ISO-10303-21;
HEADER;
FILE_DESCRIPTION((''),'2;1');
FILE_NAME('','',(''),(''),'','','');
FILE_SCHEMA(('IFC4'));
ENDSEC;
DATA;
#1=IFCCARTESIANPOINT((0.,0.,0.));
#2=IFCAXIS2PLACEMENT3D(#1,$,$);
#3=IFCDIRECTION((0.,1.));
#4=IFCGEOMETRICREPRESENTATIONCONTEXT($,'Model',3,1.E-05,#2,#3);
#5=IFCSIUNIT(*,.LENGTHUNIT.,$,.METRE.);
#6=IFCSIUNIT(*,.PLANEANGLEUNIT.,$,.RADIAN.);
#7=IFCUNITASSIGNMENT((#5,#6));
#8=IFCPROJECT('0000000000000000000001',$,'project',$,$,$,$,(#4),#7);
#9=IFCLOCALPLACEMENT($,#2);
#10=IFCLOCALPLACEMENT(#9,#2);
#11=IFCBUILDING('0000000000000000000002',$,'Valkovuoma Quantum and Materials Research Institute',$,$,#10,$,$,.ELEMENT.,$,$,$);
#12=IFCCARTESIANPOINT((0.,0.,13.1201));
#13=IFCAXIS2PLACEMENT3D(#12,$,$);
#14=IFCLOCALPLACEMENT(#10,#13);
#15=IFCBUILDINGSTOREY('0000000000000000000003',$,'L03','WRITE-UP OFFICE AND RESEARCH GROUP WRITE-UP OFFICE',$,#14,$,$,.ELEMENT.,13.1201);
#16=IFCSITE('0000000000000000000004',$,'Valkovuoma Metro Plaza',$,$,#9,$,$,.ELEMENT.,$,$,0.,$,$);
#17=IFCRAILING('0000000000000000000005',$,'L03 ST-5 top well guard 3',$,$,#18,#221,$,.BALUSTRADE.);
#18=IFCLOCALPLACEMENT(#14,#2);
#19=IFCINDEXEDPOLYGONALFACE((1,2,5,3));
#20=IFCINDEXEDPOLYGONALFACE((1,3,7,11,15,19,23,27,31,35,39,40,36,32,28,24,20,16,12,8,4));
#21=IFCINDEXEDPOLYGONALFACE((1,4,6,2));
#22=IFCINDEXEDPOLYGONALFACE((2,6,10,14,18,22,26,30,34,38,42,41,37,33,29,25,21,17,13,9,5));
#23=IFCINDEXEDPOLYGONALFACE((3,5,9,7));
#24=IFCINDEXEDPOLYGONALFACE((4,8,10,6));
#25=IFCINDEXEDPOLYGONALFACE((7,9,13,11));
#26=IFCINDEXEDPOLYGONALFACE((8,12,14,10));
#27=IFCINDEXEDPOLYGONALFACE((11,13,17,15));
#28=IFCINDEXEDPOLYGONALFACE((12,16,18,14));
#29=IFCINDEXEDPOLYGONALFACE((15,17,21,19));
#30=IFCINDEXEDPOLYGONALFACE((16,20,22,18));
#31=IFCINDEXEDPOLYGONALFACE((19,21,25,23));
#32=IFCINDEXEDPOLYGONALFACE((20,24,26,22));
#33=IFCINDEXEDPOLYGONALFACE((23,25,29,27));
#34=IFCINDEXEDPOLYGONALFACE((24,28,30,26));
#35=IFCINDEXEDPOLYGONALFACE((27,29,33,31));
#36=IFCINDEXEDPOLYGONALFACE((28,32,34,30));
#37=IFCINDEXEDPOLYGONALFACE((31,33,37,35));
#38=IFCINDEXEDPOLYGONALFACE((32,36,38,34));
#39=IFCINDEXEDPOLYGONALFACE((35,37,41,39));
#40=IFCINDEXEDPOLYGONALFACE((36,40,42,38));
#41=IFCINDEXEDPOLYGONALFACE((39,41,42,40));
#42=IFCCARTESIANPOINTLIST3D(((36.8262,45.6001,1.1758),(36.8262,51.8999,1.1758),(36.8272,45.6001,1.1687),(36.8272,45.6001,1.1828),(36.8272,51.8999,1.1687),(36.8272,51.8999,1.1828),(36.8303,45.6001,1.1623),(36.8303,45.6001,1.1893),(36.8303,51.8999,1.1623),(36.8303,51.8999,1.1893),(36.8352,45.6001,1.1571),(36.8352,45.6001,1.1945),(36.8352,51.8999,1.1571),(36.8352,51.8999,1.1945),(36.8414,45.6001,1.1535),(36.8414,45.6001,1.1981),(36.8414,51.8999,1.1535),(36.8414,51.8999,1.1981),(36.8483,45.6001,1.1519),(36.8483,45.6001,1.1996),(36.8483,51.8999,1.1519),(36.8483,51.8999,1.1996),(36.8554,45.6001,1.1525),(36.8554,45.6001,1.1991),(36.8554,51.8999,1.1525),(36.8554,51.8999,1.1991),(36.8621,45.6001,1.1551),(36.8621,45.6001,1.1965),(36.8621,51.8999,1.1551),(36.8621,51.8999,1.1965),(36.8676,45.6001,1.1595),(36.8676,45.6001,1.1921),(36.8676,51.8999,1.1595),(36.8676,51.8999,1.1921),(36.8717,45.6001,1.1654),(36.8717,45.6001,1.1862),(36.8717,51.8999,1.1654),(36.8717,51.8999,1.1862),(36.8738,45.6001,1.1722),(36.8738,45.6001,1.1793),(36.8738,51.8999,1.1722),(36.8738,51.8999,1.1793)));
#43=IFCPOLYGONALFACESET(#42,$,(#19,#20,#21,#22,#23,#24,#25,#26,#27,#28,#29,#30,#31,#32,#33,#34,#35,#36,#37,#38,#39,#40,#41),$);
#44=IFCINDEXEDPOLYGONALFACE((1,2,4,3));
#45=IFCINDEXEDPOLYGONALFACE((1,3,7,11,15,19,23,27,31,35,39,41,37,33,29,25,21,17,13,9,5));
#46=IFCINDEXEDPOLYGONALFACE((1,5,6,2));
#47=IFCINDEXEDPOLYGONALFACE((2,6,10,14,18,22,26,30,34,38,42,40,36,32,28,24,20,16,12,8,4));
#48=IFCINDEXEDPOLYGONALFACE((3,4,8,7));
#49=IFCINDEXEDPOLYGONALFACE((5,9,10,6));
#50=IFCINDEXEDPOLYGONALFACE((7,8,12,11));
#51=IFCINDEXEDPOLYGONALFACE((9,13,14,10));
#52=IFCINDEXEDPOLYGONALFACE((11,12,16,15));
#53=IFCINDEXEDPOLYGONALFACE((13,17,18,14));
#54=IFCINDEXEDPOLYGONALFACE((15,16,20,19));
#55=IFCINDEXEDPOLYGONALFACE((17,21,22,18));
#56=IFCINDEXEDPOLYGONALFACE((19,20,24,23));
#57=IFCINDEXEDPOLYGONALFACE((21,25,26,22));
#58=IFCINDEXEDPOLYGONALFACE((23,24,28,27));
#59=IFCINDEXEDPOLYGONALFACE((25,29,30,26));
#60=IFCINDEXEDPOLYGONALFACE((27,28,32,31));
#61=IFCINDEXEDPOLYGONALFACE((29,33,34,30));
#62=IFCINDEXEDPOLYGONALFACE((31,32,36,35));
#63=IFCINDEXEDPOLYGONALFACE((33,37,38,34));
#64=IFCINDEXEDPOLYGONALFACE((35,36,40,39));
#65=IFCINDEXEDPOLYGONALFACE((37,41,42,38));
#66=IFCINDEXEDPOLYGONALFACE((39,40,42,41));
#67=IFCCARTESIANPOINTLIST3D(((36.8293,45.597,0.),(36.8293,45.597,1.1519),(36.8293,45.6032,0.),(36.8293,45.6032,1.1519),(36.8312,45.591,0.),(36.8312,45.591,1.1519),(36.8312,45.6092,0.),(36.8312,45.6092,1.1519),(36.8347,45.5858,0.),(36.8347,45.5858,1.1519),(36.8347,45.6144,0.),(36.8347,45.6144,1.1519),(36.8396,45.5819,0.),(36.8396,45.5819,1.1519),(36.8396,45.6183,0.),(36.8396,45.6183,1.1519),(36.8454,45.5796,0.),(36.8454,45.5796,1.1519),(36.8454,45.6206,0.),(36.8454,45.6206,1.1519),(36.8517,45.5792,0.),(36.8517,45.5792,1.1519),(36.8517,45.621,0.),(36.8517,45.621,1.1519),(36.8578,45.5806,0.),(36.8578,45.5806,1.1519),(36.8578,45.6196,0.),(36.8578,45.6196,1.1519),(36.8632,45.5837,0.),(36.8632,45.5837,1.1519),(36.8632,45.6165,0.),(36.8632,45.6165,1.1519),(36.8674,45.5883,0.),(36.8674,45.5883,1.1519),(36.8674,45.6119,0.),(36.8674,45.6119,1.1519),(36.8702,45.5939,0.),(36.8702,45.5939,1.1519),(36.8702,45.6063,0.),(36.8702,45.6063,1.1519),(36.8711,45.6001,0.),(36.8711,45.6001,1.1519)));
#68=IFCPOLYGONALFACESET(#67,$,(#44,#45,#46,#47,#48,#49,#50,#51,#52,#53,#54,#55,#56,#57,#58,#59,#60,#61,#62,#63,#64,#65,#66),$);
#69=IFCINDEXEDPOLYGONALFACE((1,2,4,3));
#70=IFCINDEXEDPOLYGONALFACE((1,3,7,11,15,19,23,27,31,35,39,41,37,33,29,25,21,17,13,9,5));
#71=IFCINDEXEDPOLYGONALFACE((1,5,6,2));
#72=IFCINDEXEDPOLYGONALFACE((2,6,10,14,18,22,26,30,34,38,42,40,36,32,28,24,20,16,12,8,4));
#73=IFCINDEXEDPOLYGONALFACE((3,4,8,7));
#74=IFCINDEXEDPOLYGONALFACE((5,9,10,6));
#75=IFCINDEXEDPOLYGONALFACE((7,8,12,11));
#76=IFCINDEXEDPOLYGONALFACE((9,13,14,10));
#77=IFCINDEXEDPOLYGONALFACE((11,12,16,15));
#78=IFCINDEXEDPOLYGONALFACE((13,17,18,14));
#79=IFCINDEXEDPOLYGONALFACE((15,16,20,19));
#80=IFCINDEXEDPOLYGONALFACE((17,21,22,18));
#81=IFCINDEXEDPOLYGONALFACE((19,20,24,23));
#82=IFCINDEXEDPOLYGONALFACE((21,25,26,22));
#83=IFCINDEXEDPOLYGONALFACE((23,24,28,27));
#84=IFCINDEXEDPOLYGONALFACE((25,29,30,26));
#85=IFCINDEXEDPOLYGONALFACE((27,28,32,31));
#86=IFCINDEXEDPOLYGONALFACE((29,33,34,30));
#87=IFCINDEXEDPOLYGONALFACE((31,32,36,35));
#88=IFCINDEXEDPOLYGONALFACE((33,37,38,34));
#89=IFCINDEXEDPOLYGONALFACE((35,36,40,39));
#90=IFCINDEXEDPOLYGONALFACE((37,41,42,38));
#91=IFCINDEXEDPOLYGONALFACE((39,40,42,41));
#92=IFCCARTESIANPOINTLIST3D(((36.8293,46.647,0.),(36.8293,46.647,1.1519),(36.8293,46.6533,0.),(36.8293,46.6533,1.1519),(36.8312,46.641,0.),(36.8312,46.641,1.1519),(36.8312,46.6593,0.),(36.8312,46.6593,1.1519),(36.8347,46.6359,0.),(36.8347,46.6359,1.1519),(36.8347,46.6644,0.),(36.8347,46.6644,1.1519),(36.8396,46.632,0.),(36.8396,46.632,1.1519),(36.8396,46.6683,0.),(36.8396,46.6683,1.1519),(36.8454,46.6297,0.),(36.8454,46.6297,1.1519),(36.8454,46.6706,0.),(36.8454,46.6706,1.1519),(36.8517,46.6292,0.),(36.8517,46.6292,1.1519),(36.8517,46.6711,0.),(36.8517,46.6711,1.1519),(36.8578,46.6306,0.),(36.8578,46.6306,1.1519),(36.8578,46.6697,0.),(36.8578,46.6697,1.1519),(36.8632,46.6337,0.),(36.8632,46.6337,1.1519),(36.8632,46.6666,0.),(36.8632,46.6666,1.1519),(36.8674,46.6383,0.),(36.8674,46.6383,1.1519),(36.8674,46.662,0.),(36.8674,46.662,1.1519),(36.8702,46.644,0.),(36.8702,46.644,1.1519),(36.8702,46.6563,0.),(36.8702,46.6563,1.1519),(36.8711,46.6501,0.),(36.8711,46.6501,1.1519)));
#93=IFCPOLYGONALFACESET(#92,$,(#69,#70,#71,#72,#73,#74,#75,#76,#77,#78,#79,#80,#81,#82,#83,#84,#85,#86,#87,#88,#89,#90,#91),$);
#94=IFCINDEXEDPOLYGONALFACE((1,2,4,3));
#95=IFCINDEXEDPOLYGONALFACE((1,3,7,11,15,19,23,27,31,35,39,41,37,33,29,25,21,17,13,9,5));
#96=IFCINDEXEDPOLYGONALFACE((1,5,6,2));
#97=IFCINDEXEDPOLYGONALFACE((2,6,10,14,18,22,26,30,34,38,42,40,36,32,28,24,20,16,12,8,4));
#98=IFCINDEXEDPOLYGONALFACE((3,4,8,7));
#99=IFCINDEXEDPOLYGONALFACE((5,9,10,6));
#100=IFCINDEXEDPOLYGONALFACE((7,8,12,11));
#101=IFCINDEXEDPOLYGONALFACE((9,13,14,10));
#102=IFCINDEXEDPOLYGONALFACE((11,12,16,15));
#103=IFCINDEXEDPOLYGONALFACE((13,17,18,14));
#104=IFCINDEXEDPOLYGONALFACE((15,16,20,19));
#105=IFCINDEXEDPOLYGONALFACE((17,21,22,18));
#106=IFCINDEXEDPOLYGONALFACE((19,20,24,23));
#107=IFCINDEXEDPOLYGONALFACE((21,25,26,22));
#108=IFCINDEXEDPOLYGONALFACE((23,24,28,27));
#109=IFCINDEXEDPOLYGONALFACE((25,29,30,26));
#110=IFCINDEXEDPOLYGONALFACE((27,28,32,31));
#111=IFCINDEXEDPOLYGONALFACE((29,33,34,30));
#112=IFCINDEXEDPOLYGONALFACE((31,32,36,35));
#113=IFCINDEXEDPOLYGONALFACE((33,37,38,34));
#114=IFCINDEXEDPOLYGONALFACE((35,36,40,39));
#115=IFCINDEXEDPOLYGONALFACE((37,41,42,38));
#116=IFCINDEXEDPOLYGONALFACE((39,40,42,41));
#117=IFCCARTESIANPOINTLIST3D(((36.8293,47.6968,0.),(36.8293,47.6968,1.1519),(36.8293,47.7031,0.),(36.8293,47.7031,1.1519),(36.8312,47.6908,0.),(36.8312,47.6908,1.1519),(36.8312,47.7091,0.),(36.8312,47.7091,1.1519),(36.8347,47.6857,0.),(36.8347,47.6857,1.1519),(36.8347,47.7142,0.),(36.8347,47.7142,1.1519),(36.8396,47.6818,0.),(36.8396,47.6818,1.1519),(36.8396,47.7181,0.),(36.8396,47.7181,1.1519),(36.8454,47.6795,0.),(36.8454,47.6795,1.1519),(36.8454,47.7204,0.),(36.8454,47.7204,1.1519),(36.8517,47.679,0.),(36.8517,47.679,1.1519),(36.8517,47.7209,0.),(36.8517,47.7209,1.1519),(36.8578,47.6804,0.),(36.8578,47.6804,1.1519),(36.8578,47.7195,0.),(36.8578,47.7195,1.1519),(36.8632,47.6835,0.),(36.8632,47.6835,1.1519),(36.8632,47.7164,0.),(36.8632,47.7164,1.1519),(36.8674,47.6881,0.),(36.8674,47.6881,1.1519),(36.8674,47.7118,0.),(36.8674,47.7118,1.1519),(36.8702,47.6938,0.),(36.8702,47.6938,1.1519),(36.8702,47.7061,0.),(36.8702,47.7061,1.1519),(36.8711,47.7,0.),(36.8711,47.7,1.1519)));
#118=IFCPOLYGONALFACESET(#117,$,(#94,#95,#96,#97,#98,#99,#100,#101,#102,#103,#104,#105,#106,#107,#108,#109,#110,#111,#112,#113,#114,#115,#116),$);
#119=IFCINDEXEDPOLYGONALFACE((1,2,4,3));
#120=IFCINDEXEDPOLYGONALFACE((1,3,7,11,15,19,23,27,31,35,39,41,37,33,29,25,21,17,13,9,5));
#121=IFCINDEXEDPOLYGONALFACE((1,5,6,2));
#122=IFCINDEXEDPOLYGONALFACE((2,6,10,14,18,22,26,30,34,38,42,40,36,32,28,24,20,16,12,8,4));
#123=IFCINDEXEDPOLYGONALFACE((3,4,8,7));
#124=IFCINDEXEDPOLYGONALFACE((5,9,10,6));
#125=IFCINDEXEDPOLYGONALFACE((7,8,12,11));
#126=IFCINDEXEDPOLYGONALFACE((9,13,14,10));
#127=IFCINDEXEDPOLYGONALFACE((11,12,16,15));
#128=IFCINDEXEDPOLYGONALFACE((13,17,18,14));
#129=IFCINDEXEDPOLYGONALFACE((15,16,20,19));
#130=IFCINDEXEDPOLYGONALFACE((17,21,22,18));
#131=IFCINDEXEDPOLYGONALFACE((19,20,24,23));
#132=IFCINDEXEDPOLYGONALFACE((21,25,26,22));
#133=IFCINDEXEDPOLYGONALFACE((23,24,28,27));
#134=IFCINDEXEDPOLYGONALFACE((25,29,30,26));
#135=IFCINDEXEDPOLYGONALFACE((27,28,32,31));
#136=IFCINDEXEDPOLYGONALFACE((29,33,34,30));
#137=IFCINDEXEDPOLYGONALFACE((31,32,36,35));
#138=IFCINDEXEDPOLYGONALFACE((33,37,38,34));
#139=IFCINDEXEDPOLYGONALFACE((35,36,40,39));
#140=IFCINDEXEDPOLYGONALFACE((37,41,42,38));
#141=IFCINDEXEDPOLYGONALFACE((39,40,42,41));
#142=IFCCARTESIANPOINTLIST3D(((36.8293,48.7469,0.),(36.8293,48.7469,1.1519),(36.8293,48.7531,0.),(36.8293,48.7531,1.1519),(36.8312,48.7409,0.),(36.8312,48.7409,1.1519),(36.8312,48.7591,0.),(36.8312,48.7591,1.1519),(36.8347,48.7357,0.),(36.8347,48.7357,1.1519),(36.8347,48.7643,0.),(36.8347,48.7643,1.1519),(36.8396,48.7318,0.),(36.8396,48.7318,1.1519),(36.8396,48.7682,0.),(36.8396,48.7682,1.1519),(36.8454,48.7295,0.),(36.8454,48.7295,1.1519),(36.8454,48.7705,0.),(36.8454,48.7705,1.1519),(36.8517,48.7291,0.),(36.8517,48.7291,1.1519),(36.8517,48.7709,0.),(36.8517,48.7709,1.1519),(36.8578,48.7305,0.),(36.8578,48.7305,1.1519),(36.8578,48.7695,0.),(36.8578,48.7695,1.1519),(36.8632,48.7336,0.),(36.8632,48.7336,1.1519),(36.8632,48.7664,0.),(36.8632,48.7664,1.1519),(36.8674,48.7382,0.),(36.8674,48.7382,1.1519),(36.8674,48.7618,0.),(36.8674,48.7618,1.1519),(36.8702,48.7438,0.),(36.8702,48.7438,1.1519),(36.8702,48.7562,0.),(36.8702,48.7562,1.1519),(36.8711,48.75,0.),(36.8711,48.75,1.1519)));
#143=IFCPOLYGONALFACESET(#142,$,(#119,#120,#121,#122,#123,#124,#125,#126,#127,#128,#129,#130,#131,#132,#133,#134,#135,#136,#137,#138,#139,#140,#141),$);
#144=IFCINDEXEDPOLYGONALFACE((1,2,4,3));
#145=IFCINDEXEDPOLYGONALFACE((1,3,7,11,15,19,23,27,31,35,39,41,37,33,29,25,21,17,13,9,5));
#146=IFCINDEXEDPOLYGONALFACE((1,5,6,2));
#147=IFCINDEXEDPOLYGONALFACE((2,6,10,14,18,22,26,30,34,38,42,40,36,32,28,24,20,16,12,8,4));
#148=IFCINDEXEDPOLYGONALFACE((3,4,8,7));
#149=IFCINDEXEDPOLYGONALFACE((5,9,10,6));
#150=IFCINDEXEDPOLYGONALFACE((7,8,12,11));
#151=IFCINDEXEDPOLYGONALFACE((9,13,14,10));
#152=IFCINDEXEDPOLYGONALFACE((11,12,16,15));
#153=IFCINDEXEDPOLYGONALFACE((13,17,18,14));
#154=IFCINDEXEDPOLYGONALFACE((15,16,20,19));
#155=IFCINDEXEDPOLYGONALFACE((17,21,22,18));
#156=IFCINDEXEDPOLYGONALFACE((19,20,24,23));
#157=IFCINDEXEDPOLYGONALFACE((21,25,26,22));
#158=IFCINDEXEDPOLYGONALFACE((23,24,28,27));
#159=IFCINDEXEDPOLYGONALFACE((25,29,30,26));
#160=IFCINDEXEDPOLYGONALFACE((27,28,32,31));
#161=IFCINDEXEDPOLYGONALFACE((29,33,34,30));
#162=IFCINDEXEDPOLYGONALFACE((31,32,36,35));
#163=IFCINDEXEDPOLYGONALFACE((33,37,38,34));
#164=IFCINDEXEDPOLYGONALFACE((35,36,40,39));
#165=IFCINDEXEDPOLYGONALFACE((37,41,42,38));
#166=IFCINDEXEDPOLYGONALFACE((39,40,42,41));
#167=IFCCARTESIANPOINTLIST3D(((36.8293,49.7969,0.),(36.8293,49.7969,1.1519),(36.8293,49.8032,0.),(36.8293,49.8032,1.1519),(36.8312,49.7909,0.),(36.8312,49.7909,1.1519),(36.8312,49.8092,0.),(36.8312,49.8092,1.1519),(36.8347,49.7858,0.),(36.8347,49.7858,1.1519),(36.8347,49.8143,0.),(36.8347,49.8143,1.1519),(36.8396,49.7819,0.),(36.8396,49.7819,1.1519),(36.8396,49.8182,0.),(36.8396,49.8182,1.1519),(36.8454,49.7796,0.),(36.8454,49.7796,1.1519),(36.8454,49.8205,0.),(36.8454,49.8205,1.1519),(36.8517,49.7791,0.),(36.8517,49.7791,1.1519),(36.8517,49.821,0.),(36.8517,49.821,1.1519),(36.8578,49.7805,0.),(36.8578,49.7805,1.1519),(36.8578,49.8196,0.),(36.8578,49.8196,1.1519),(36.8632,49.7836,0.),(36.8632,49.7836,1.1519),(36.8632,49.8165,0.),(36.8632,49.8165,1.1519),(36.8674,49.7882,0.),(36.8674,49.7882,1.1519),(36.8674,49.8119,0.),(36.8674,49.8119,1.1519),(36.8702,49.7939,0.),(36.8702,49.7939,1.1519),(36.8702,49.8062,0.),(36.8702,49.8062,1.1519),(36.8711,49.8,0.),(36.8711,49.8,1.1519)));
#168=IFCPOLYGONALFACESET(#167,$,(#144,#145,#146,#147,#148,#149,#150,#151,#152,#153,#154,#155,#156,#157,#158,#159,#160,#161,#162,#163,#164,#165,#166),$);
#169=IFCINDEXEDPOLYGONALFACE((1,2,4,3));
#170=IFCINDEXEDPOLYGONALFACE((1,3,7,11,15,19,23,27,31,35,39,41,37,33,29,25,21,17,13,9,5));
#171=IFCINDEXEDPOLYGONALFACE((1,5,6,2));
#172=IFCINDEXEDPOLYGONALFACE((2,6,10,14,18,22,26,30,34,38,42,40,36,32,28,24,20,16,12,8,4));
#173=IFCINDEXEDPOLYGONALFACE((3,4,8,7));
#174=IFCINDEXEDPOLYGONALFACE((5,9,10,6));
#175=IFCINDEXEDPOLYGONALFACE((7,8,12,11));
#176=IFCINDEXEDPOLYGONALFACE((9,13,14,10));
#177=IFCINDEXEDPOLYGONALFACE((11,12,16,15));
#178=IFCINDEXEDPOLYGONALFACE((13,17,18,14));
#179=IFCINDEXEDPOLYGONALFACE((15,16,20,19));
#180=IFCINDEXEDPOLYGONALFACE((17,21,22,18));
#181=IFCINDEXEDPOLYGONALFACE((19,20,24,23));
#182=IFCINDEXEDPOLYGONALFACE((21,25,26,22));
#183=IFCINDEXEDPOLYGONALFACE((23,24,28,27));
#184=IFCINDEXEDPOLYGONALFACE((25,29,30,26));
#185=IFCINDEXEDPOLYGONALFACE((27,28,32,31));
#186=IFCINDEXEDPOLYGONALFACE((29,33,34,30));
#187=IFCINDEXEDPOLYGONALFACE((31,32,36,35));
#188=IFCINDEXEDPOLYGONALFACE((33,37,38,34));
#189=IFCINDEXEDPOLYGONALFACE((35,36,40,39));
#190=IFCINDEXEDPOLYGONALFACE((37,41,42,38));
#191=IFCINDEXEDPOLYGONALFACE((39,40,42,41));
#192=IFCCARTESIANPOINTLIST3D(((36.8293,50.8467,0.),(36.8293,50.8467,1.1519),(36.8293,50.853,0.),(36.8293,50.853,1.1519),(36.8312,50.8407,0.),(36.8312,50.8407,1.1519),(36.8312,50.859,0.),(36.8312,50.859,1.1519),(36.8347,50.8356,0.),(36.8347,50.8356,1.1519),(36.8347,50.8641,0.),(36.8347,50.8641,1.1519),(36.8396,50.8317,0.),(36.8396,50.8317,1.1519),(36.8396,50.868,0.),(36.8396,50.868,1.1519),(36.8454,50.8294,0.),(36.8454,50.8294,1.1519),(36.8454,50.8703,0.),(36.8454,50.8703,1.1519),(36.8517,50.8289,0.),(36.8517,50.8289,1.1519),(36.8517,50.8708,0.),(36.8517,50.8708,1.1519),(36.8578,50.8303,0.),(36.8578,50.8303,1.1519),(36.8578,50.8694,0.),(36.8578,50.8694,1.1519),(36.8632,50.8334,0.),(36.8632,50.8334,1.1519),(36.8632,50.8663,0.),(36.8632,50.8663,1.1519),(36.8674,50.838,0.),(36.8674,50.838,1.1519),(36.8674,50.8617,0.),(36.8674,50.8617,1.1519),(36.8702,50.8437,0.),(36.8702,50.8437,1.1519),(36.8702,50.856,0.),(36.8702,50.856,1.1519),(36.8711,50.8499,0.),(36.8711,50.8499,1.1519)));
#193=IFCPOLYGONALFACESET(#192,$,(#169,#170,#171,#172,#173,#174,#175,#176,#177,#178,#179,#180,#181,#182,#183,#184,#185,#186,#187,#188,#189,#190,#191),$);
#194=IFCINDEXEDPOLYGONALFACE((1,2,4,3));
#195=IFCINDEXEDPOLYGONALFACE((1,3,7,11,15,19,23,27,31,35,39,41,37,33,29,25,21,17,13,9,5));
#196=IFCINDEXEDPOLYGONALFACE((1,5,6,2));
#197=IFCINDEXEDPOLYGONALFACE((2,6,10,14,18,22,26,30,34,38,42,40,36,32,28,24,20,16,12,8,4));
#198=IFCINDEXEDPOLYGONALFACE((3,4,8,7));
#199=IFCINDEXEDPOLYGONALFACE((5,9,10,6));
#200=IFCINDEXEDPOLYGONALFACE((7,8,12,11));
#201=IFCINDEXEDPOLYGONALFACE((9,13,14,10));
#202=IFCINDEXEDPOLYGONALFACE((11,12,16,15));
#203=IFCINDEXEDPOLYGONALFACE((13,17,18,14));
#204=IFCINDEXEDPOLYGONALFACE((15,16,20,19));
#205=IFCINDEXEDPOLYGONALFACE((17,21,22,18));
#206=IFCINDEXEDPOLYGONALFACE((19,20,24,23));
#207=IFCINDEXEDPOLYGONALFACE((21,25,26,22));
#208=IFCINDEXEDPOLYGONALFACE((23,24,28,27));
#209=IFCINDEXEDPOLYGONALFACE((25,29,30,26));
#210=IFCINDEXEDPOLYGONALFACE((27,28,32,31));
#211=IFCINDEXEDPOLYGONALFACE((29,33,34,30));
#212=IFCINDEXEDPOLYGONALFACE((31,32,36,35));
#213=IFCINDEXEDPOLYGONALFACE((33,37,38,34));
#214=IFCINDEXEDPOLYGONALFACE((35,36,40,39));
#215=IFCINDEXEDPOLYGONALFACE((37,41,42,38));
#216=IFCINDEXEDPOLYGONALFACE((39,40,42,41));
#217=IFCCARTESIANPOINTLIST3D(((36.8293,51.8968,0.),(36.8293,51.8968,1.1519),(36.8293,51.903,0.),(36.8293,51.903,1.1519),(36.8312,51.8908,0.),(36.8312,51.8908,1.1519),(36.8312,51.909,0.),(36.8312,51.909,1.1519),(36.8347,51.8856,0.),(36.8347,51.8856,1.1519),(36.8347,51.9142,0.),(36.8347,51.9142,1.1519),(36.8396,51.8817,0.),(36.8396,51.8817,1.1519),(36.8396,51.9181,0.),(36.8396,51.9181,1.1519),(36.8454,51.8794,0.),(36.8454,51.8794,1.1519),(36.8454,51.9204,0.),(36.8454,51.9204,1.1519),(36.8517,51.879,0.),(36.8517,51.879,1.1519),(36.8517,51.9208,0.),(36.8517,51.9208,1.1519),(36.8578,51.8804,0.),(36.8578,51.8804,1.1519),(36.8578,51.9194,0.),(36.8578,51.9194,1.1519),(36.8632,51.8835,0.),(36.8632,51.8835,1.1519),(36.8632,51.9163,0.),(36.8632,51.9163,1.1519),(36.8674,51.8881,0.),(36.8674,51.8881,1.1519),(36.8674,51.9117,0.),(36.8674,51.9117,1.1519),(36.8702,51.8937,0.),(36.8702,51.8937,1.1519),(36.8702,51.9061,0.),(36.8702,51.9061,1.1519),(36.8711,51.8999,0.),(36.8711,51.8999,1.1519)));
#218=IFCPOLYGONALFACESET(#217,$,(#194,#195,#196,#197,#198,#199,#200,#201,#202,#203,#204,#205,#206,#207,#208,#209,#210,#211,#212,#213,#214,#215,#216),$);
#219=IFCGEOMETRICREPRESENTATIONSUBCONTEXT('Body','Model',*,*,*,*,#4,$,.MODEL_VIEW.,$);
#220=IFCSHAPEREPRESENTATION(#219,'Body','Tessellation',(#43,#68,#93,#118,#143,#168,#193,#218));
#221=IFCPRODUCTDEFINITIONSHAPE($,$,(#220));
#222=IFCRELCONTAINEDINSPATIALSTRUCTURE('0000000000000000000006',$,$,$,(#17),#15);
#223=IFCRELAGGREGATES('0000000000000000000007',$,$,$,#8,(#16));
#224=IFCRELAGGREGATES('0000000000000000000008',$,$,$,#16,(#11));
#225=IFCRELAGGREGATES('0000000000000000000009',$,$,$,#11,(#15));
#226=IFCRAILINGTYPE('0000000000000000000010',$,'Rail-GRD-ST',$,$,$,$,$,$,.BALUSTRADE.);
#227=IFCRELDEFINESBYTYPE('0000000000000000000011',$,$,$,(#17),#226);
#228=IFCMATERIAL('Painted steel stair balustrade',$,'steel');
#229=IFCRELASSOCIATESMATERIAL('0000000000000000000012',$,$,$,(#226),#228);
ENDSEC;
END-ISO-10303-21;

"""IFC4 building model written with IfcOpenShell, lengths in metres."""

from ifc_helpers import new_model, si_unit, direction, frame, origin, origin_2d, place, context, subcontext, project, spatial, circle, extrude, material, type_object, element, save


model = new_model("IFC4")

# Units and contexts
model_context = context("Model", 3, precision=1e-05, world=origin(), true_north=direction((0.0, 1.0)))
body_context = subcontext(model_context, "Body", "Model", "MODEL_VIEW")
ifc_project = project(units=[si_unit("LENGTHUNIT", "METRE"), si_unit("PLANEANGLEUNIT", "RADIAN")], contexts=[model_context])

# Site, building, storey
site_placement = place(None, origin())
site = spatial("IfcSite", under=ifc_project, at=site_placement, Name="Valkovuoma Metro Plaza", CompositionType="ELEMENT", RefElevation=0.0)
building_placement = place(site_placement, origin())
building = spatial("IfcBuilding", under=site, at=building_placement, Name="Valkovuoma Quantum and Materials Research Institute", CompositionType="ELEMENT")
storey_placement = place(building_placement, frame((0.0, 0.0, 13.1201)))
storey = spatial("IfcBuildingStorey", under=building, at=storey_placement, Name="L03", Description="WRITE-UP OFFICE AND RESEARCH GROUP WRITE-UP OFFICE", CompositionType="ELEMENT", Elevation=13.1201)

# Railing
ifc_material_1 = material(Name="Painted steel stair balustrade", Category="steel")
railing_type = type_object("IfcRailingType", Name="Rail-GRD-ST", PredefinedType="BALUSTRADE", material=ifc_material_1)
railing_1_placement = place(storey_placement, frame((36.8501, 45.6001, 0.0)))
element("IfcRailing", 1, at=railing_1_placement, inside=storey, type_object=railing_type, Name="L03 ST-5 top well guard 3", PredefinedType="BALUSTRADE", context=body_context, shape_type="SweptSolid", body=[
    extrude(circle(Radius=0.0239, at=origin_2d()), frame((0.0, 0.0, 1.1758), z_axis=(0.0, 1.0, 0.0), x_axis=(-1.0, 0.0, 0.0)), (0.0, 0.0, 1.0), 6.2998),
    extrude(circle(Radius=0.021, at=origin_2d()), origin(), (0.0, 0.0, 1.0), 1.1519),
    extrude(circle(Radius=0.021, at=origin_2d()), frame((0.0, 1.05, 0.0)), (0.0, 0.0, 1.0), 1.1519),
    extrude(circle(Radius=0.021, at=origin_2d()), frame((0.0, 2.0999, 0.0)), (0.0, 0.0, 1.0), 1.1519),
    extrude(circle(Radius=0.021, at=origin_2d()), frame((0.0, 3.1499, 0.0)), (0.0, 0.0, 1.0), 1.1519),
    extrude(circle(Radius=0.021, at=origin_2d()), frame((0.0, 4.2, 0.0)), (0.0, 0.0, 1.0), 1.1519),
    extrude(circle(Radius=0.021, at=origin_2d()), frame((0.0, 5.2498, 0.0)), (0.0, 0.0, 1.0), 1.1519),
    extrude(circle(Radius=0.021, at=origin_2d()), frame((0.0, 6.2998, 0.0)), (0.0, 0.0, 1.0), 1.1519),
])

save(model, "model.ifc")
